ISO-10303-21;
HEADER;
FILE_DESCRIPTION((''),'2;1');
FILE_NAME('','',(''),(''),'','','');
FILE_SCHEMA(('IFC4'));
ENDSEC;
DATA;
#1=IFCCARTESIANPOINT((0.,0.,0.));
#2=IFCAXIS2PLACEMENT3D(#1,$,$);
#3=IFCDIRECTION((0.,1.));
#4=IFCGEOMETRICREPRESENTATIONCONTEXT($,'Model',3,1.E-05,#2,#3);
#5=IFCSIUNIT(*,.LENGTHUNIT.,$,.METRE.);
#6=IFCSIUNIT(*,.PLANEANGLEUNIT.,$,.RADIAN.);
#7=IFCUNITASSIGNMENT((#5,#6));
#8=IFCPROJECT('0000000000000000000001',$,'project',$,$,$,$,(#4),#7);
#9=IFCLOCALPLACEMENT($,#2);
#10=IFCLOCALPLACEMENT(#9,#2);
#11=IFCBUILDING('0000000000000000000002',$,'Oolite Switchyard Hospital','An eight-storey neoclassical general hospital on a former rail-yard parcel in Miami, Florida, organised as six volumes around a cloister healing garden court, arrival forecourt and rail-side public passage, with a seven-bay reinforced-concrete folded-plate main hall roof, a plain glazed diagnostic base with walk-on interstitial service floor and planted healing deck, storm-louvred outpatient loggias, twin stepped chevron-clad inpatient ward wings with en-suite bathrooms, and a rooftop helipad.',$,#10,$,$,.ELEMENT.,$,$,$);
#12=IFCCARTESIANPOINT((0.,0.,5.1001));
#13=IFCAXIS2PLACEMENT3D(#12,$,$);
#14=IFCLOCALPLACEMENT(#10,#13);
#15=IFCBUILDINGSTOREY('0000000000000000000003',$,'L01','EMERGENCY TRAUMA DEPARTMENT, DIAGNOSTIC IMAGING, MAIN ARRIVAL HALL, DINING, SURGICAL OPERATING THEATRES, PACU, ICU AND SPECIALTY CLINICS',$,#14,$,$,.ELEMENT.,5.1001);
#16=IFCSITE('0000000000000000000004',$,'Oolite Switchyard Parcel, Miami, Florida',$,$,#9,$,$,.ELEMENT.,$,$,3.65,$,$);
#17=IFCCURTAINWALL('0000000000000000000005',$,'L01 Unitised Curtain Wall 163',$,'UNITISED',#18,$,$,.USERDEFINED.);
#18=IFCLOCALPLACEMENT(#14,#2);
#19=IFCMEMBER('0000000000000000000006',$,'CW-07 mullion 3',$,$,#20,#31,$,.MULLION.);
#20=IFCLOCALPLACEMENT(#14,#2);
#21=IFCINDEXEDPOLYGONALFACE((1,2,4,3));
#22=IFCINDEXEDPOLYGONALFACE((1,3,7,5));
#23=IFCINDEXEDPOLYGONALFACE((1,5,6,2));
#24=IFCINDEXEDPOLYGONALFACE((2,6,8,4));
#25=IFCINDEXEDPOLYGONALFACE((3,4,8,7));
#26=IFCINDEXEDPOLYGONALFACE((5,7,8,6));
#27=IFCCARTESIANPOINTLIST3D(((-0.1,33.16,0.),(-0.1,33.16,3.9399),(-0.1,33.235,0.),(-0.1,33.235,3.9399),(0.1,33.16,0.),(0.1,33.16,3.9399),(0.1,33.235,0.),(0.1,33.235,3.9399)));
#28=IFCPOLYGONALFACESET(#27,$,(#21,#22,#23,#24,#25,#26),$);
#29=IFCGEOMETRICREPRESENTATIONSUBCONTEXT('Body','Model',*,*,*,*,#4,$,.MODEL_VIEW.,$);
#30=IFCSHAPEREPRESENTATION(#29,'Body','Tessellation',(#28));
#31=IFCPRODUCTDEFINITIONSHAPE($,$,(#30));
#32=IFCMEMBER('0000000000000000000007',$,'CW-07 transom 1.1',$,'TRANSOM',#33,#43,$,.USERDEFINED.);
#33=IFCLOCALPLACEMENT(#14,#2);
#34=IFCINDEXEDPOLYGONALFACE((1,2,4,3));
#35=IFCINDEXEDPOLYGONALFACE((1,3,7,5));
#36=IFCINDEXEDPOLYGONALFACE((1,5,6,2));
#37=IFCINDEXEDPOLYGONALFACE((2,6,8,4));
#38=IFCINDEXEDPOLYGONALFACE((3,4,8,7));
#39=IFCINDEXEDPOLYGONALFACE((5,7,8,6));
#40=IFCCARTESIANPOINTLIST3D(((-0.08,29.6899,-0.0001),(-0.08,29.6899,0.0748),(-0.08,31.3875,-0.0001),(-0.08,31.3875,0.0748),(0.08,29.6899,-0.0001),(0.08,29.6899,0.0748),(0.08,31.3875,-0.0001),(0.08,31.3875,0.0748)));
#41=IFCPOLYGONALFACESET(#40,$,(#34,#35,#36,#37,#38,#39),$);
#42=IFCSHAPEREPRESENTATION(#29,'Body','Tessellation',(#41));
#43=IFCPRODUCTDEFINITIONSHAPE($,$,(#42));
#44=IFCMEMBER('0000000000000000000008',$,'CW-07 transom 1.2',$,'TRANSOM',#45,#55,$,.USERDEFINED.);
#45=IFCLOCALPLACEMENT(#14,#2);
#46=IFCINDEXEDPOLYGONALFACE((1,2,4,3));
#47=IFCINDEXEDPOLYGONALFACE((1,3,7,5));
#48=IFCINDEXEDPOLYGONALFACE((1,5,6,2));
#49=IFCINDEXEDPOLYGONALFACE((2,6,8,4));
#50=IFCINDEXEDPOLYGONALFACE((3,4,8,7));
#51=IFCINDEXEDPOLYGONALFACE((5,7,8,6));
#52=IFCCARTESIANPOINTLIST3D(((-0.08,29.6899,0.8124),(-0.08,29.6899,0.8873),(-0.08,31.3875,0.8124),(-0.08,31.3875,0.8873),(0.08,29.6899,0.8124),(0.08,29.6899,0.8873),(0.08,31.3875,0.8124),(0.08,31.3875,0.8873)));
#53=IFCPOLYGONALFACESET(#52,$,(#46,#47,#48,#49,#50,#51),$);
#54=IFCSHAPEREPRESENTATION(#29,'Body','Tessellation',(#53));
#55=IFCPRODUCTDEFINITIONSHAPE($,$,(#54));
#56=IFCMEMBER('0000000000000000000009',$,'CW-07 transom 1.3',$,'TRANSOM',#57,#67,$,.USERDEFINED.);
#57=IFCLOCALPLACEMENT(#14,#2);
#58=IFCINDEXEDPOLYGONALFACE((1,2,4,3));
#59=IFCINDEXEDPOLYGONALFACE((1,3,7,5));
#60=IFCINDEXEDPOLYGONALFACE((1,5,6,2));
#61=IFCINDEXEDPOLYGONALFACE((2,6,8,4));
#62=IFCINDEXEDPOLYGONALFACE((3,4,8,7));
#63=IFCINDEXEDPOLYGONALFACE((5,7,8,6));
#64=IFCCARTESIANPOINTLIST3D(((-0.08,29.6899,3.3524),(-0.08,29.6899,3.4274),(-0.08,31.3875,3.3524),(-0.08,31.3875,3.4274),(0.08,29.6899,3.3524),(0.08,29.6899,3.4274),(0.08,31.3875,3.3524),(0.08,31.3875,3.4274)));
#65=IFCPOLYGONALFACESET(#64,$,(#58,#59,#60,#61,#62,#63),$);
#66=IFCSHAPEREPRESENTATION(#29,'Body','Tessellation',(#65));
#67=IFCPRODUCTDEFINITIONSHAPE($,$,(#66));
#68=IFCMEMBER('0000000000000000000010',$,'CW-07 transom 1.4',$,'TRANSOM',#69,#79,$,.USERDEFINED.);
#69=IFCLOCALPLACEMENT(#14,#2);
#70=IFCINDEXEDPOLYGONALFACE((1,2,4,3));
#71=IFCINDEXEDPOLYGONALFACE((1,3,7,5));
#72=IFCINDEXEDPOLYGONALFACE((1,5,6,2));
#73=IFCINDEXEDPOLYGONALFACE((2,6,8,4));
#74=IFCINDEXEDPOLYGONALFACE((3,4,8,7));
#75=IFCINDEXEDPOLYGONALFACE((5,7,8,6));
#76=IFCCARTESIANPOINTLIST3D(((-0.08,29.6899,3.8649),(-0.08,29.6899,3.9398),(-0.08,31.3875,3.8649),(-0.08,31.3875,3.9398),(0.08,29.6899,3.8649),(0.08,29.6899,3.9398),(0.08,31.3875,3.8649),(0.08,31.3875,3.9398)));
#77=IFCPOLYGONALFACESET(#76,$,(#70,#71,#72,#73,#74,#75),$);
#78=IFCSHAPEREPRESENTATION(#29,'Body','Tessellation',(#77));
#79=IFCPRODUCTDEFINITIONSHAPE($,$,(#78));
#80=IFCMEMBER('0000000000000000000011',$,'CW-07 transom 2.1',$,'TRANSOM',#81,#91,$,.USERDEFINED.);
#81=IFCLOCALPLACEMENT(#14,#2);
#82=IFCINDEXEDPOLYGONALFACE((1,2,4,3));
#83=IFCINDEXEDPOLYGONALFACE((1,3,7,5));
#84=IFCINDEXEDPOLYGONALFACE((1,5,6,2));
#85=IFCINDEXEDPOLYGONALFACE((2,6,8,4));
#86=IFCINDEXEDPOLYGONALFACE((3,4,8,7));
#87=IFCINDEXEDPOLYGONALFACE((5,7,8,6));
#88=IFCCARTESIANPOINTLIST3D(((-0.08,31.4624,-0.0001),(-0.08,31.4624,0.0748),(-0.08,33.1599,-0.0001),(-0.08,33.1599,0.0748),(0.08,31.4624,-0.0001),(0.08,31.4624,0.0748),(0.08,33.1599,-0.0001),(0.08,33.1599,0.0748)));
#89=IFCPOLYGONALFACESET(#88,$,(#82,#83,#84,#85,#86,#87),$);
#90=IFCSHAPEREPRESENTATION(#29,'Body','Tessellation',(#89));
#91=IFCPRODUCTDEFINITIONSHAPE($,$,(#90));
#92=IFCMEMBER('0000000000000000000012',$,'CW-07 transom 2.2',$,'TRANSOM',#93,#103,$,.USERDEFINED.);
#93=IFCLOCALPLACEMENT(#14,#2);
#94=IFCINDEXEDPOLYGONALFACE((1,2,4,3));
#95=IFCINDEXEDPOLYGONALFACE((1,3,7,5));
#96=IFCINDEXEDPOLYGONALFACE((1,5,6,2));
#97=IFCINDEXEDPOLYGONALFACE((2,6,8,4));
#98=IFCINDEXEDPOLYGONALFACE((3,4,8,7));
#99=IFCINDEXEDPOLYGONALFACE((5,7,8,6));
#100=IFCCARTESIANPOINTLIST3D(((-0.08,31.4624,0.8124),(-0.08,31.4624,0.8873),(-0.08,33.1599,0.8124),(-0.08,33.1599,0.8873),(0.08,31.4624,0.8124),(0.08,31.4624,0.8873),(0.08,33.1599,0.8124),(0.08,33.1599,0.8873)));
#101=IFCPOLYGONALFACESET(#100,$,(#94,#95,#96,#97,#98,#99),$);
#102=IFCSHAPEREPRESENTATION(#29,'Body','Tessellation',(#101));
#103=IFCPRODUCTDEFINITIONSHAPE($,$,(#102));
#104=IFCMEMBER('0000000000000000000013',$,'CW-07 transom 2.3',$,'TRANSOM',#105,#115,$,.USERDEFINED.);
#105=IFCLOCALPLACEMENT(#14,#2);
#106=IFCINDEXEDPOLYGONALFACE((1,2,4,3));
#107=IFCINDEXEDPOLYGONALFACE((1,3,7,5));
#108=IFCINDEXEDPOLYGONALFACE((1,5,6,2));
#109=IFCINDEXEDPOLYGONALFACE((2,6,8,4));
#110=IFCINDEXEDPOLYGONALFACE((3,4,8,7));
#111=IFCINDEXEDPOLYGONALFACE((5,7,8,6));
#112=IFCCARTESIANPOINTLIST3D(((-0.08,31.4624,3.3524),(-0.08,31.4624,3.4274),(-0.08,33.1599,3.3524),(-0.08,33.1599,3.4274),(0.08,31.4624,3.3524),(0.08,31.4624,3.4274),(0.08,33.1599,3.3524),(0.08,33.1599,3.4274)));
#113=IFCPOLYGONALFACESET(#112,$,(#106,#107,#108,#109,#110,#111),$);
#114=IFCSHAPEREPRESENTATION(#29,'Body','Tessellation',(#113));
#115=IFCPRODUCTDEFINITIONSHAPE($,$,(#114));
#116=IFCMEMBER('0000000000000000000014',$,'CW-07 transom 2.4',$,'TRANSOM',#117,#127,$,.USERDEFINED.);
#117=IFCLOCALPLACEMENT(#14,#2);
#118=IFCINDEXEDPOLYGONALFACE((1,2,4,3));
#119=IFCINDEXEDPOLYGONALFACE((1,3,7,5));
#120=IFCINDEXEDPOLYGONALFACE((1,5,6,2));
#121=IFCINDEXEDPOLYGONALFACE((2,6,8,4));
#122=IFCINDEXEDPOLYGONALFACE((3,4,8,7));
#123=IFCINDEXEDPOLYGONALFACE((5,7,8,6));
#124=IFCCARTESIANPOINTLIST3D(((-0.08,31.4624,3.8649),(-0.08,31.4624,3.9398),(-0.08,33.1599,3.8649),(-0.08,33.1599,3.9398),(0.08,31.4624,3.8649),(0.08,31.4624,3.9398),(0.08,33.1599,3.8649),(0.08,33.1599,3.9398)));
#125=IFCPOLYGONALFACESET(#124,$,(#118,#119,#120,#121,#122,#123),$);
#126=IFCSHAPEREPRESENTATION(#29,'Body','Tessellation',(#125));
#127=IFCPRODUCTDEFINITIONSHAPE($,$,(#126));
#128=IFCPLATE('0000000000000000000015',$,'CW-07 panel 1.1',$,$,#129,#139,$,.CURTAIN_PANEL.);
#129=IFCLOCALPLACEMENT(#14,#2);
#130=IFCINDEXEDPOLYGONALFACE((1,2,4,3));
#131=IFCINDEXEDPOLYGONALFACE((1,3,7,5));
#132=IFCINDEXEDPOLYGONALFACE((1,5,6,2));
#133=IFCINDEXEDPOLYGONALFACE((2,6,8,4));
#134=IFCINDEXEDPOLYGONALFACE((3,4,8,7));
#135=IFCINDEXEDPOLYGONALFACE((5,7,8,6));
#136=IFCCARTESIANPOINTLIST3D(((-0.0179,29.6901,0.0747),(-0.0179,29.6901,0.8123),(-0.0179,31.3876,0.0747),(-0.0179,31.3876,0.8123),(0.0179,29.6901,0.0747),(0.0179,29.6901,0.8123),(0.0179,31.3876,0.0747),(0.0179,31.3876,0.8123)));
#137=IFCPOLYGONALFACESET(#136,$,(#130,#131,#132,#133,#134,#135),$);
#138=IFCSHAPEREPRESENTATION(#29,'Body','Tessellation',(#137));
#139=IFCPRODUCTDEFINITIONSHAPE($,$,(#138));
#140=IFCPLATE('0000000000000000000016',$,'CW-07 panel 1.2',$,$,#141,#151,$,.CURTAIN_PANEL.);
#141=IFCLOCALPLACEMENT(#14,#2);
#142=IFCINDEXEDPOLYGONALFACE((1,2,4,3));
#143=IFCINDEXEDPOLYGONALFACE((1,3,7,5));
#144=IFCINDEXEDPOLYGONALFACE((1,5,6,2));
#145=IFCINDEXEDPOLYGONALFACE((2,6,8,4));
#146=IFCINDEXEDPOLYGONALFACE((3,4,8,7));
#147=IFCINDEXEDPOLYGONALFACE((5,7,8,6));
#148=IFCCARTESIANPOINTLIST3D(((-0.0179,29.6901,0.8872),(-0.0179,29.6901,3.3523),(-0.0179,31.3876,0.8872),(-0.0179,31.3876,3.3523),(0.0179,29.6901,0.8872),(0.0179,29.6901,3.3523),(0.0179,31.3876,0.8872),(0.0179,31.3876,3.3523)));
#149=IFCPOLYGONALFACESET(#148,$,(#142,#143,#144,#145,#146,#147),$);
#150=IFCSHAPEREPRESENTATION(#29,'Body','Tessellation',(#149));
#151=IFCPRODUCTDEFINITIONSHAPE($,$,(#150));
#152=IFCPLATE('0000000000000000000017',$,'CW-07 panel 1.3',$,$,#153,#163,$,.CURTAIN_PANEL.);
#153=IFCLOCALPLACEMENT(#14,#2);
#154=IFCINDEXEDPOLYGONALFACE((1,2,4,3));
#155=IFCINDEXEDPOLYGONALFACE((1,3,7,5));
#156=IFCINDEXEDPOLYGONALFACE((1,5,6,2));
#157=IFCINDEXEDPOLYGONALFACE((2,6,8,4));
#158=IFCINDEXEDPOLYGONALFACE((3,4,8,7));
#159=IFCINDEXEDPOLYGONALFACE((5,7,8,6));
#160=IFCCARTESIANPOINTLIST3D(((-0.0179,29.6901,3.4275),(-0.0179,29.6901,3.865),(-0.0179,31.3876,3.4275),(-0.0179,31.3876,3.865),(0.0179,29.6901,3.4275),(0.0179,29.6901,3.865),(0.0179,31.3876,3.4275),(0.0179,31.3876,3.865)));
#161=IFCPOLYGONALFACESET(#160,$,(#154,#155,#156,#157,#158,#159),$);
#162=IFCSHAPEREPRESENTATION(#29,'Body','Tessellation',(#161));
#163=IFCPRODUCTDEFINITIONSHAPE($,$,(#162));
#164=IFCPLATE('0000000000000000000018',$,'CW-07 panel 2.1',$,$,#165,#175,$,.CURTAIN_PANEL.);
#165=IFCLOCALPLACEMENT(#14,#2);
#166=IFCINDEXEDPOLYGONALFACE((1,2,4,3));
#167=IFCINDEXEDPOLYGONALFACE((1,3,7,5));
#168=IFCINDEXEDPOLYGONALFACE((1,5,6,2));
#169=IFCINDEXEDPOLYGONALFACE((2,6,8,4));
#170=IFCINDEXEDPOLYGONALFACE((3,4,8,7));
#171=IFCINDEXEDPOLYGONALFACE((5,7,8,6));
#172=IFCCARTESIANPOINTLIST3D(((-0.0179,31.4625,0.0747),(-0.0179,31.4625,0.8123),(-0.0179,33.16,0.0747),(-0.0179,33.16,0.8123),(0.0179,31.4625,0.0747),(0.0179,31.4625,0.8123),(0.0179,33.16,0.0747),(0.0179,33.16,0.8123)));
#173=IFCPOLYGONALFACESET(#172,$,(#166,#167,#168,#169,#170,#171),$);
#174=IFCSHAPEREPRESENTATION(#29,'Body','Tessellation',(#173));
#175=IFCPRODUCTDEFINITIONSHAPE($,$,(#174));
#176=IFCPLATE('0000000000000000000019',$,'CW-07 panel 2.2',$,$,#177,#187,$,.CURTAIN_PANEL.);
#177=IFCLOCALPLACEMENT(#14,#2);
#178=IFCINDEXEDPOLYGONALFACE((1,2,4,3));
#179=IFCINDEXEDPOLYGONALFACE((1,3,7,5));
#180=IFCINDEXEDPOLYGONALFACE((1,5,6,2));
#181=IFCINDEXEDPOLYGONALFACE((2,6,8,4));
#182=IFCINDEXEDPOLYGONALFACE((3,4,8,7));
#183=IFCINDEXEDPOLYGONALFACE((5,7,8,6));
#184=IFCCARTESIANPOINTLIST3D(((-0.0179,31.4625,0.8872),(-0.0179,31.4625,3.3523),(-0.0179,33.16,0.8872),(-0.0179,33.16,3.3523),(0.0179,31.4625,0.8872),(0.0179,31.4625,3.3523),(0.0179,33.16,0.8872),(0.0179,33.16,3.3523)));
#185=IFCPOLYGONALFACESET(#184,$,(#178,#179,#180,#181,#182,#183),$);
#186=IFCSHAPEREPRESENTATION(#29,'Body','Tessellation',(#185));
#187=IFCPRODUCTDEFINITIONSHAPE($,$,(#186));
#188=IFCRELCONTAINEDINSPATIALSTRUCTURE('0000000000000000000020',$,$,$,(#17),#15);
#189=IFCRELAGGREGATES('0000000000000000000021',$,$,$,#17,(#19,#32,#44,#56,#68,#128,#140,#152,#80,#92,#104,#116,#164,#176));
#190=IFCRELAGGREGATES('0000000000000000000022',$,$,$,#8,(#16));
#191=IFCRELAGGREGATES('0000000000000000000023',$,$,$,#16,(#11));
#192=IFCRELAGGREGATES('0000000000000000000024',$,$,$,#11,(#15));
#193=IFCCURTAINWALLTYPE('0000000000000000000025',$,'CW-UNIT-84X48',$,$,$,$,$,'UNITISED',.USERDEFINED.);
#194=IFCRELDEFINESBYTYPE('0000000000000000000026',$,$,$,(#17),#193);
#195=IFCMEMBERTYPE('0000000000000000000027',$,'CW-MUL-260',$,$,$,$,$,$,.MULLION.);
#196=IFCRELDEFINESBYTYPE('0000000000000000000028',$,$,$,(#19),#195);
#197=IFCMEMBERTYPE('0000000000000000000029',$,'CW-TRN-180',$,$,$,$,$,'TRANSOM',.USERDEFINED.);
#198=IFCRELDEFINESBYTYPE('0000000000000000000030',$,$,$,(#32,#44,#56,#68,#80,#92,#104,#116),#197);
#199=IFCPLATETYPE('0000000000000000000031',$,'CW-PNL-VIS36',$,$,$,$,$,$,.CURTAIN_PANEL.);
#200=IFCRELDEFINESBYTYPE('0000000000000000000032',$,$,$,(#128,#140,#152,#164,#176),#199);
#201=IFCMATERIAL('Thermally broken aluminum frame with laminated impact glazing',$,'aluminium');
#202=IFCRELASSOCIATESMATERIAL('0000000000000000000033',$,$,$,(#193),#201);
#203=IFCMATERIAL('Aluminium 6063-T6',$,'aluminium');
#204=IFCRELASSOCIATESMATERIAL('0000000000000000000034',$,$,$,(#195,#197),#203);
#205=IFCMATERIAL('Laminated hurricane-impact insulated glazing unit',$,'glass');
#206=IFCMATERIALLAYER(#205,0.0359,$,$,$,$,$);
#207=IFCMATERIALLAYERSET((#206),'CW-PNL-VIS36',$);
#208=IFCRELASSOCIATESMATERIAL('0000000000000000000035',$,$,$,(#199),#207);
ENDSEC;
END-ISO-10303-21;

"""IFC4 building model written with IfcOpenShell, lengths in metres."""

from ifc_helpers import new_model, si_unit, direction, frame, origin, origin_2d, place, context, subcontext, project, spatial, rectangle, extrude, material, layer, layer_set, material_profile, profile_set, type_object, element, aggregate, save


model = new_model("IFC4")

# Units and contexts
model_context = context("Model", 3, precision=1e-05, world=origin(), true_north=direction((0.0, 1.0)))
body_context = subcontext(model_context, "Body", "Model", "MODEL_VIEW")
ifc_project = project(units=[si_unit("LENGTHUNIT", "METRE"), si_unit("PLANEANGLEUNIT", "RADIAN")], contexts=[model_context])

# Site, building, storey
site_placement = place(None, origin())
site = spatial("IfcSite", under=ifc_project, at=site_placement, Name="Oolite Switchyard Parcel, Miami, Florida", CompositionType="ELEMENT", RefElevation=3.65)
building_placement = place(site_placement, origin())
building = spatial("IfcBuilding", under=site, at=building_placement, Name="Oolite Switchyard Hospital", Description="An eight-storey neoclassical general hospital on a former rail-yard parcel in Miami, Florida, organised as six volumes around a cloister healing garden court, arrival forecourt and rail-side public passage, with a seven-bay reinforced-concrete folded-plate main hall roof, a plain glazed diagnostic base with walk-on interstitial service floor and planted healing deck, storm-louvred outpatient loggias, twin stepped chevron-clad inpatient ward wings with en-suite bathrooms, and a rooftop helipad.", CompositionType="ELEMENT")
storey_placement = place(building_placement, frame((0.0, 0.0, 5.1001)))
storey = spatial("IfcBuildingStorey", under=building, at=storey_placement, Name="L01", Description="EMERGENCY TRAUMA DEPARTMENT, DIAGNOSTIC IMAGING, MAIN ARRIVAL HALL, DINING, SURGICAL OPERATING THEATRES, PACU, ICU AND SPECIALTY CLINICS", CompositionType="ELEMENT", Elevation=5.1001)

# Shared definitions
ifc_material_1 = material(Name="Thermally broken aluminum frame with laminated impact glazing", Category="aluminium")
curtain_wall_type = type_object("IfcCurtainWallType", Name="CW-UNIT-84X48", ElementType="UNITISED", PredefinedType="USERDEFINED", material=ifc_material_1)
ifc_material_2 = material(Name="Aluminium 6063-T6", Category="aluminium")

# Curtain wall, members, plates
curtain_wall_1_placement = place(storey_placement, origin())
curtain_wall_1 = element("IfcCurtainWall", 1, at=curtain_wall_1_placement, inside=storey, type_object=curtain_wall_type, Name="L01 Unitised Curtain Wall 163", ObjectType="UNITISED", PredefinedType="USERDEFINED")
ifc_material_profile_1 = material_profile(ifc_material_2, rectangle(XDim=0.2, YDim=0.075, at=origin_2d()), Name="CWM75X200")
ifc_profile_set_1 = profile_set([ifc_material_profile_1], Name="Aluminium 6063-T6")
member_type_1 = type_object("IfcMemberType", Name="CW-MUL-260", PredefinedType="MULLION", material=ifc_profile_set_1)
member_1_placement = place(storey_placement, frame((0.0, 33.1975, 0.0), z_axis=(0.0, 0.0, 1.0), x_axis=(-1.0, 0.0, 0.0)))
member_1 = element("IfcMember", 2, at=member_1_placement, type_object=member_type_1, Name="CW-07 mullion 3", PredefinedType="MULLION", context=body_context, shape_type="SweptSolid", body=[
    extrude(rectangle(XDim=0.2, YDim=0.075, at=origin_2d()), origin(), (0.0, 0.0, 1.0), 3.9399),
])
ifc_material_profile_2 = material_profile(ifc_material_2, rectangle(XDim=0.1599, YDim=0.075, at=origin_2d()), Name="CWT75X160")
ifc_profile_set_2 = profile_set([ifc_material_profile_2], Name="Aluminium 6063-T6")
member_type_2 = type_object("IfcMemberType", Name="CW-TRN-180", ElementType="TRANSOM", PredefinedType="USERDEFINED", material=ifc_profile_set_2)
member_2_placement = place(storey_placement, frame((0.0, 29.6899, 0.0374), z_axis=(0.0, 1.0, 0.0), x_axis=(-1.0, 0.0, 0.0)))
member_2 = element("IfcMember", 3, at=member_2_placement, type_object=member_type_2, Name="CW-07 transom 1.1", ObjectType="TRANSOM", PredefinedType="USERDEFINED", context=body_context, shape_type="SweptSolid", body=[
    extrude(rectangle(XDim=0.1599, YDim=0.075, at=origin_2d()), origin(), (0.0, 0.0, 1.0), 1.6975),
])
member_3_placement = place(storey_placement, frame((0.0, 29.6899, 0.8499), z_axis=(0.0, 1.0, 0.0), x_axis=(-1.0, 0.0, 0.0)))
member_3 = element("IfcMember", 4, at=member_3_placement, type_object=member_type_2, Name="CW-07 transom 1.2", ObjectType="TRANSOM", PredefinedType="USERDEFINED", context=body_context, shape_type="SweptSolid", body=[
    extrude(rectangle(XDim=0.1599, YDim=0.075, at=origin_2d()), origin(), (0.0, 0.0, 1.0), 1.6975),
])
member_4_placement = place(storey_placement, frame((0.0, 29.6899, 3.3899), z_axis=(0.0, 1.0, 0.0), x_axis=(-1.0, 0.0, 0.0)))
member_4 = element("IfcMember", 5, at=member_4_placement, type_object=member_type_2, Name="CW-07 transom 1.3", ObjectType="TRANSOM", PredefinedType="USERDEFINED", context=body_context, shape_type="SweptSolid", body=[
    extrude(rectangle(XDim=0.1599, YDim=0.075, at=origin_2d()), origin(), (0.0, 0.0, 1.0), 1.6975),
])
member_5_placement = place(storey_placement, frame((0.0, 29.6899, 3.9023), z_axis=(0.0, 1.0, 0.0), x_axis=(-1.0, 0.0, 0.0)))
member_5 = element("IfcMember", 6, at=member_5_placement, type_object=member_type_2, Name="CW-07 transom 1.4", ObjectType="TRANSOM", PredefinedType="USERDEFINED", context=body_context, shape_type="SweptSolid", body=[
    extrude(rectangle(XDim=0.1599, YDim=0.075, at=origin_2d()), origin(), (0.0, 0.0, 1.0), 1.6975),
])
member_6_placement = place(storey_placement, frame((0.0, 31.4624, 0.0374), z_axis=(0.0, 1.0, 0.0), x_axis=(-1.0, 0.0, 0.0)))
member_6 = element("IfcMember", 7, at=member_6_placement, type_object=member_type_2, Name="CW-07 transom 2.1", ObjectType="TRANSOM", PredefinedType="USERDEFINED", context=body_context, shape_type="SweptSolid", body=[
    extrude(rectangle(XDim=0.1599, YDim=0.075, at=origin_2d()), origin(), (0.0, 0.0, 1.0), 1.6975),
])
member_7_placement = place(storey_placement, frame((0.0, 31.4624, 0.8499), z_axis=(0.0, 1.0, 0.0), x_axis=(-1.0, 0.0, 0.0)))
member_7 = element("IfcMember", 8, at=member_7_placement, type_object=member_type_2, Name="CW-07 transom 2.2", ObjectType="TRANSOM", PredefinedType="USERDEFINED", context=body_context, shape_type="SweptSolid", body=[
    extrude(rectangle(XDim=0.1599, YDim=0.075, at=origin_2d()), origin(), (0.0, 0.0, 1.0), 1.6975),
])
member_8_placement = place(storey_placement, frame((0.0, 31.4624, 3.3899), z_axis=(0.0, 1.0, 0.0), x_axis=(-1.0, 0.0, 0.0)))
member_8 = element("IfcMember", 9, at=member_8_placement, type_object=member_type_2, Name="CW-07 transom 2.3", ObjectType="TRANSOM", PredefinedType="USERDEFINED", context=body_context, shape_type="SweptSolid", body=[
    extrude(rectangle(XDim=0.1599, YDim=0.075, at=origin_2d()), origin(), (0.0, 0.0, 1.0), 1.6975),
])
member_9_placement = place(storey_placement, frame((0.0, 31.4624, 3.9023), z_axis=(0.0, 1.0, 0.0), x_axis=(-1.0, 0.0, 0.0)))
member_9 = element("IfcMember", 10, at=member_9_placement, type_object=member_type_2, Name="CW-07 transom 2.4", ObjectType="TRANSOM", PredefinedType="USERDEFINED", context=body_context, shape_type="SweptSolid", body=[
    extrude(rectangle(XDim=0.1599, YDim=0.075, at=origin_2d()), origin(), (0.0, 0.0, 1.0), 1.6975),
])
ifc_material_3 = material(Name="Laminated hurricane-impact insulated glazing unit", Category="glass")
ifc_layer = layer(ifc_material_3, 0.0359)
ifc_layer_set = layer_set([ifc_layer], Name="CW-PNL-VIS36")
plate_type = type_object("IfcPlateType", Name="CW-PNL-VIS36", PredefinedType="CURTAIN_PANEL", material=ifc_layer_set)
plate_1_placement = place(storey_placement, frame((0.0, 30.5388, 0.0747), z_axis=(0.0, 0.0, 1.0), x_axis=(0.0, 1.0, 0.0)))
plate_1 = element("IfcPlate", 11, at=plate_1_placement, type_object=plate_type, Name="CW-07 panel 1.1", PredefinedType="CURTAIN_PANEL", context=body_context, shape_type="SweptSolid", body=[
    extrude(rectangle(XDim=1.6975, YDim=0.0359, at=origin_2d()), origin(), (0.0, 0.0, 1.0), 0.7375),
])
plate_2_placement = place(storey_placement, frame((0.0, 30.5388, 0.8872), z_axis=(0.0, 0.0, 1.0), x_axis=(0.0, 1.0, 0.0)))
plate_2 = element("IfcPlate", 12, at=plate_2_placement, type_object=plate_type, Name="CW-07 panel 1.2", PredefinedType="CURTAIN_PANEL", context=body_context, shape_type="SweptSolid", body=[
    extrude(rectangle(XDim=1.6975, YDim=0.0359, at=origin_2d()), origin(), (0.0, 0.0, 1.0), 2.4651),
])
plate_3_placement = place(storey_placement, frame((0.0, 30.5388, 3.4275), z_axis=(0.0, 0.0, 1.0), x_axis=(0.0, 1.0, 0.0)))
plate_3 = element("IfcPlate", 13, at=plate_3_placement, type_object=plate_type, Name="CW-07 panel 1.3", PredefinedType="CURTAIN_PANEL", context=body_context, shape_type="SweptSolid", body=[
    extrude(rectangle(XDim=1.6975, YDim=0.0359, at=origin_2d()), origin(), (0.0, 0.0, 1.0), 0.4375),
])
plate_4_placement = place(storey_placement, frame((0.0, 32.3113, 0.0747), z_axis=(0.0, 0.0, 1.0), x_axis=(0.0, 1.0, 0.0)))
plate_4 = element("IfcPlate", 14, at=plate_4_placement, type_object=plate_type, Name="CW-07 panel 2.1", PredefinedType="CURTAIN_PANEL", context=body_context, shape_type="SweptSolid", body=[
    extrude(rectangle(XDim=1.6975, YDim=0.0359, at=origin_2d()), origin(), (0.0, 0.0, 1.0), 0.7375),
])
plate_5_placement = place(storey_placement, frame((0.0, 32.3113, 0.8872), z_axis=(0.0, 0.0, 1.0), x_axis=(0.0, 1.0, 0.0)))
plate_5 = element("IfcPlate", 15, at=plate_5_placement, type_object=plate_type, Name="CW-07 panel 2.2", PredefinedType="CURTAIN_PANEL", context=body_context, shape_type="SweptSolid", body=[
    extrude(rectangle(XDim=1.6975, YDim=0.0359, at=origin_2d()), origin(), (0.0, 0.0, 1.0), 2.4651),
])
aggregate(curtain_wall_1, [member_1, member_2, member_3, member_4, member_5, plate_1, plate_2, plate_3, member_6, member_7, member_8, member_9, plate_4, plate_5])

save(model, "model.ifc")
